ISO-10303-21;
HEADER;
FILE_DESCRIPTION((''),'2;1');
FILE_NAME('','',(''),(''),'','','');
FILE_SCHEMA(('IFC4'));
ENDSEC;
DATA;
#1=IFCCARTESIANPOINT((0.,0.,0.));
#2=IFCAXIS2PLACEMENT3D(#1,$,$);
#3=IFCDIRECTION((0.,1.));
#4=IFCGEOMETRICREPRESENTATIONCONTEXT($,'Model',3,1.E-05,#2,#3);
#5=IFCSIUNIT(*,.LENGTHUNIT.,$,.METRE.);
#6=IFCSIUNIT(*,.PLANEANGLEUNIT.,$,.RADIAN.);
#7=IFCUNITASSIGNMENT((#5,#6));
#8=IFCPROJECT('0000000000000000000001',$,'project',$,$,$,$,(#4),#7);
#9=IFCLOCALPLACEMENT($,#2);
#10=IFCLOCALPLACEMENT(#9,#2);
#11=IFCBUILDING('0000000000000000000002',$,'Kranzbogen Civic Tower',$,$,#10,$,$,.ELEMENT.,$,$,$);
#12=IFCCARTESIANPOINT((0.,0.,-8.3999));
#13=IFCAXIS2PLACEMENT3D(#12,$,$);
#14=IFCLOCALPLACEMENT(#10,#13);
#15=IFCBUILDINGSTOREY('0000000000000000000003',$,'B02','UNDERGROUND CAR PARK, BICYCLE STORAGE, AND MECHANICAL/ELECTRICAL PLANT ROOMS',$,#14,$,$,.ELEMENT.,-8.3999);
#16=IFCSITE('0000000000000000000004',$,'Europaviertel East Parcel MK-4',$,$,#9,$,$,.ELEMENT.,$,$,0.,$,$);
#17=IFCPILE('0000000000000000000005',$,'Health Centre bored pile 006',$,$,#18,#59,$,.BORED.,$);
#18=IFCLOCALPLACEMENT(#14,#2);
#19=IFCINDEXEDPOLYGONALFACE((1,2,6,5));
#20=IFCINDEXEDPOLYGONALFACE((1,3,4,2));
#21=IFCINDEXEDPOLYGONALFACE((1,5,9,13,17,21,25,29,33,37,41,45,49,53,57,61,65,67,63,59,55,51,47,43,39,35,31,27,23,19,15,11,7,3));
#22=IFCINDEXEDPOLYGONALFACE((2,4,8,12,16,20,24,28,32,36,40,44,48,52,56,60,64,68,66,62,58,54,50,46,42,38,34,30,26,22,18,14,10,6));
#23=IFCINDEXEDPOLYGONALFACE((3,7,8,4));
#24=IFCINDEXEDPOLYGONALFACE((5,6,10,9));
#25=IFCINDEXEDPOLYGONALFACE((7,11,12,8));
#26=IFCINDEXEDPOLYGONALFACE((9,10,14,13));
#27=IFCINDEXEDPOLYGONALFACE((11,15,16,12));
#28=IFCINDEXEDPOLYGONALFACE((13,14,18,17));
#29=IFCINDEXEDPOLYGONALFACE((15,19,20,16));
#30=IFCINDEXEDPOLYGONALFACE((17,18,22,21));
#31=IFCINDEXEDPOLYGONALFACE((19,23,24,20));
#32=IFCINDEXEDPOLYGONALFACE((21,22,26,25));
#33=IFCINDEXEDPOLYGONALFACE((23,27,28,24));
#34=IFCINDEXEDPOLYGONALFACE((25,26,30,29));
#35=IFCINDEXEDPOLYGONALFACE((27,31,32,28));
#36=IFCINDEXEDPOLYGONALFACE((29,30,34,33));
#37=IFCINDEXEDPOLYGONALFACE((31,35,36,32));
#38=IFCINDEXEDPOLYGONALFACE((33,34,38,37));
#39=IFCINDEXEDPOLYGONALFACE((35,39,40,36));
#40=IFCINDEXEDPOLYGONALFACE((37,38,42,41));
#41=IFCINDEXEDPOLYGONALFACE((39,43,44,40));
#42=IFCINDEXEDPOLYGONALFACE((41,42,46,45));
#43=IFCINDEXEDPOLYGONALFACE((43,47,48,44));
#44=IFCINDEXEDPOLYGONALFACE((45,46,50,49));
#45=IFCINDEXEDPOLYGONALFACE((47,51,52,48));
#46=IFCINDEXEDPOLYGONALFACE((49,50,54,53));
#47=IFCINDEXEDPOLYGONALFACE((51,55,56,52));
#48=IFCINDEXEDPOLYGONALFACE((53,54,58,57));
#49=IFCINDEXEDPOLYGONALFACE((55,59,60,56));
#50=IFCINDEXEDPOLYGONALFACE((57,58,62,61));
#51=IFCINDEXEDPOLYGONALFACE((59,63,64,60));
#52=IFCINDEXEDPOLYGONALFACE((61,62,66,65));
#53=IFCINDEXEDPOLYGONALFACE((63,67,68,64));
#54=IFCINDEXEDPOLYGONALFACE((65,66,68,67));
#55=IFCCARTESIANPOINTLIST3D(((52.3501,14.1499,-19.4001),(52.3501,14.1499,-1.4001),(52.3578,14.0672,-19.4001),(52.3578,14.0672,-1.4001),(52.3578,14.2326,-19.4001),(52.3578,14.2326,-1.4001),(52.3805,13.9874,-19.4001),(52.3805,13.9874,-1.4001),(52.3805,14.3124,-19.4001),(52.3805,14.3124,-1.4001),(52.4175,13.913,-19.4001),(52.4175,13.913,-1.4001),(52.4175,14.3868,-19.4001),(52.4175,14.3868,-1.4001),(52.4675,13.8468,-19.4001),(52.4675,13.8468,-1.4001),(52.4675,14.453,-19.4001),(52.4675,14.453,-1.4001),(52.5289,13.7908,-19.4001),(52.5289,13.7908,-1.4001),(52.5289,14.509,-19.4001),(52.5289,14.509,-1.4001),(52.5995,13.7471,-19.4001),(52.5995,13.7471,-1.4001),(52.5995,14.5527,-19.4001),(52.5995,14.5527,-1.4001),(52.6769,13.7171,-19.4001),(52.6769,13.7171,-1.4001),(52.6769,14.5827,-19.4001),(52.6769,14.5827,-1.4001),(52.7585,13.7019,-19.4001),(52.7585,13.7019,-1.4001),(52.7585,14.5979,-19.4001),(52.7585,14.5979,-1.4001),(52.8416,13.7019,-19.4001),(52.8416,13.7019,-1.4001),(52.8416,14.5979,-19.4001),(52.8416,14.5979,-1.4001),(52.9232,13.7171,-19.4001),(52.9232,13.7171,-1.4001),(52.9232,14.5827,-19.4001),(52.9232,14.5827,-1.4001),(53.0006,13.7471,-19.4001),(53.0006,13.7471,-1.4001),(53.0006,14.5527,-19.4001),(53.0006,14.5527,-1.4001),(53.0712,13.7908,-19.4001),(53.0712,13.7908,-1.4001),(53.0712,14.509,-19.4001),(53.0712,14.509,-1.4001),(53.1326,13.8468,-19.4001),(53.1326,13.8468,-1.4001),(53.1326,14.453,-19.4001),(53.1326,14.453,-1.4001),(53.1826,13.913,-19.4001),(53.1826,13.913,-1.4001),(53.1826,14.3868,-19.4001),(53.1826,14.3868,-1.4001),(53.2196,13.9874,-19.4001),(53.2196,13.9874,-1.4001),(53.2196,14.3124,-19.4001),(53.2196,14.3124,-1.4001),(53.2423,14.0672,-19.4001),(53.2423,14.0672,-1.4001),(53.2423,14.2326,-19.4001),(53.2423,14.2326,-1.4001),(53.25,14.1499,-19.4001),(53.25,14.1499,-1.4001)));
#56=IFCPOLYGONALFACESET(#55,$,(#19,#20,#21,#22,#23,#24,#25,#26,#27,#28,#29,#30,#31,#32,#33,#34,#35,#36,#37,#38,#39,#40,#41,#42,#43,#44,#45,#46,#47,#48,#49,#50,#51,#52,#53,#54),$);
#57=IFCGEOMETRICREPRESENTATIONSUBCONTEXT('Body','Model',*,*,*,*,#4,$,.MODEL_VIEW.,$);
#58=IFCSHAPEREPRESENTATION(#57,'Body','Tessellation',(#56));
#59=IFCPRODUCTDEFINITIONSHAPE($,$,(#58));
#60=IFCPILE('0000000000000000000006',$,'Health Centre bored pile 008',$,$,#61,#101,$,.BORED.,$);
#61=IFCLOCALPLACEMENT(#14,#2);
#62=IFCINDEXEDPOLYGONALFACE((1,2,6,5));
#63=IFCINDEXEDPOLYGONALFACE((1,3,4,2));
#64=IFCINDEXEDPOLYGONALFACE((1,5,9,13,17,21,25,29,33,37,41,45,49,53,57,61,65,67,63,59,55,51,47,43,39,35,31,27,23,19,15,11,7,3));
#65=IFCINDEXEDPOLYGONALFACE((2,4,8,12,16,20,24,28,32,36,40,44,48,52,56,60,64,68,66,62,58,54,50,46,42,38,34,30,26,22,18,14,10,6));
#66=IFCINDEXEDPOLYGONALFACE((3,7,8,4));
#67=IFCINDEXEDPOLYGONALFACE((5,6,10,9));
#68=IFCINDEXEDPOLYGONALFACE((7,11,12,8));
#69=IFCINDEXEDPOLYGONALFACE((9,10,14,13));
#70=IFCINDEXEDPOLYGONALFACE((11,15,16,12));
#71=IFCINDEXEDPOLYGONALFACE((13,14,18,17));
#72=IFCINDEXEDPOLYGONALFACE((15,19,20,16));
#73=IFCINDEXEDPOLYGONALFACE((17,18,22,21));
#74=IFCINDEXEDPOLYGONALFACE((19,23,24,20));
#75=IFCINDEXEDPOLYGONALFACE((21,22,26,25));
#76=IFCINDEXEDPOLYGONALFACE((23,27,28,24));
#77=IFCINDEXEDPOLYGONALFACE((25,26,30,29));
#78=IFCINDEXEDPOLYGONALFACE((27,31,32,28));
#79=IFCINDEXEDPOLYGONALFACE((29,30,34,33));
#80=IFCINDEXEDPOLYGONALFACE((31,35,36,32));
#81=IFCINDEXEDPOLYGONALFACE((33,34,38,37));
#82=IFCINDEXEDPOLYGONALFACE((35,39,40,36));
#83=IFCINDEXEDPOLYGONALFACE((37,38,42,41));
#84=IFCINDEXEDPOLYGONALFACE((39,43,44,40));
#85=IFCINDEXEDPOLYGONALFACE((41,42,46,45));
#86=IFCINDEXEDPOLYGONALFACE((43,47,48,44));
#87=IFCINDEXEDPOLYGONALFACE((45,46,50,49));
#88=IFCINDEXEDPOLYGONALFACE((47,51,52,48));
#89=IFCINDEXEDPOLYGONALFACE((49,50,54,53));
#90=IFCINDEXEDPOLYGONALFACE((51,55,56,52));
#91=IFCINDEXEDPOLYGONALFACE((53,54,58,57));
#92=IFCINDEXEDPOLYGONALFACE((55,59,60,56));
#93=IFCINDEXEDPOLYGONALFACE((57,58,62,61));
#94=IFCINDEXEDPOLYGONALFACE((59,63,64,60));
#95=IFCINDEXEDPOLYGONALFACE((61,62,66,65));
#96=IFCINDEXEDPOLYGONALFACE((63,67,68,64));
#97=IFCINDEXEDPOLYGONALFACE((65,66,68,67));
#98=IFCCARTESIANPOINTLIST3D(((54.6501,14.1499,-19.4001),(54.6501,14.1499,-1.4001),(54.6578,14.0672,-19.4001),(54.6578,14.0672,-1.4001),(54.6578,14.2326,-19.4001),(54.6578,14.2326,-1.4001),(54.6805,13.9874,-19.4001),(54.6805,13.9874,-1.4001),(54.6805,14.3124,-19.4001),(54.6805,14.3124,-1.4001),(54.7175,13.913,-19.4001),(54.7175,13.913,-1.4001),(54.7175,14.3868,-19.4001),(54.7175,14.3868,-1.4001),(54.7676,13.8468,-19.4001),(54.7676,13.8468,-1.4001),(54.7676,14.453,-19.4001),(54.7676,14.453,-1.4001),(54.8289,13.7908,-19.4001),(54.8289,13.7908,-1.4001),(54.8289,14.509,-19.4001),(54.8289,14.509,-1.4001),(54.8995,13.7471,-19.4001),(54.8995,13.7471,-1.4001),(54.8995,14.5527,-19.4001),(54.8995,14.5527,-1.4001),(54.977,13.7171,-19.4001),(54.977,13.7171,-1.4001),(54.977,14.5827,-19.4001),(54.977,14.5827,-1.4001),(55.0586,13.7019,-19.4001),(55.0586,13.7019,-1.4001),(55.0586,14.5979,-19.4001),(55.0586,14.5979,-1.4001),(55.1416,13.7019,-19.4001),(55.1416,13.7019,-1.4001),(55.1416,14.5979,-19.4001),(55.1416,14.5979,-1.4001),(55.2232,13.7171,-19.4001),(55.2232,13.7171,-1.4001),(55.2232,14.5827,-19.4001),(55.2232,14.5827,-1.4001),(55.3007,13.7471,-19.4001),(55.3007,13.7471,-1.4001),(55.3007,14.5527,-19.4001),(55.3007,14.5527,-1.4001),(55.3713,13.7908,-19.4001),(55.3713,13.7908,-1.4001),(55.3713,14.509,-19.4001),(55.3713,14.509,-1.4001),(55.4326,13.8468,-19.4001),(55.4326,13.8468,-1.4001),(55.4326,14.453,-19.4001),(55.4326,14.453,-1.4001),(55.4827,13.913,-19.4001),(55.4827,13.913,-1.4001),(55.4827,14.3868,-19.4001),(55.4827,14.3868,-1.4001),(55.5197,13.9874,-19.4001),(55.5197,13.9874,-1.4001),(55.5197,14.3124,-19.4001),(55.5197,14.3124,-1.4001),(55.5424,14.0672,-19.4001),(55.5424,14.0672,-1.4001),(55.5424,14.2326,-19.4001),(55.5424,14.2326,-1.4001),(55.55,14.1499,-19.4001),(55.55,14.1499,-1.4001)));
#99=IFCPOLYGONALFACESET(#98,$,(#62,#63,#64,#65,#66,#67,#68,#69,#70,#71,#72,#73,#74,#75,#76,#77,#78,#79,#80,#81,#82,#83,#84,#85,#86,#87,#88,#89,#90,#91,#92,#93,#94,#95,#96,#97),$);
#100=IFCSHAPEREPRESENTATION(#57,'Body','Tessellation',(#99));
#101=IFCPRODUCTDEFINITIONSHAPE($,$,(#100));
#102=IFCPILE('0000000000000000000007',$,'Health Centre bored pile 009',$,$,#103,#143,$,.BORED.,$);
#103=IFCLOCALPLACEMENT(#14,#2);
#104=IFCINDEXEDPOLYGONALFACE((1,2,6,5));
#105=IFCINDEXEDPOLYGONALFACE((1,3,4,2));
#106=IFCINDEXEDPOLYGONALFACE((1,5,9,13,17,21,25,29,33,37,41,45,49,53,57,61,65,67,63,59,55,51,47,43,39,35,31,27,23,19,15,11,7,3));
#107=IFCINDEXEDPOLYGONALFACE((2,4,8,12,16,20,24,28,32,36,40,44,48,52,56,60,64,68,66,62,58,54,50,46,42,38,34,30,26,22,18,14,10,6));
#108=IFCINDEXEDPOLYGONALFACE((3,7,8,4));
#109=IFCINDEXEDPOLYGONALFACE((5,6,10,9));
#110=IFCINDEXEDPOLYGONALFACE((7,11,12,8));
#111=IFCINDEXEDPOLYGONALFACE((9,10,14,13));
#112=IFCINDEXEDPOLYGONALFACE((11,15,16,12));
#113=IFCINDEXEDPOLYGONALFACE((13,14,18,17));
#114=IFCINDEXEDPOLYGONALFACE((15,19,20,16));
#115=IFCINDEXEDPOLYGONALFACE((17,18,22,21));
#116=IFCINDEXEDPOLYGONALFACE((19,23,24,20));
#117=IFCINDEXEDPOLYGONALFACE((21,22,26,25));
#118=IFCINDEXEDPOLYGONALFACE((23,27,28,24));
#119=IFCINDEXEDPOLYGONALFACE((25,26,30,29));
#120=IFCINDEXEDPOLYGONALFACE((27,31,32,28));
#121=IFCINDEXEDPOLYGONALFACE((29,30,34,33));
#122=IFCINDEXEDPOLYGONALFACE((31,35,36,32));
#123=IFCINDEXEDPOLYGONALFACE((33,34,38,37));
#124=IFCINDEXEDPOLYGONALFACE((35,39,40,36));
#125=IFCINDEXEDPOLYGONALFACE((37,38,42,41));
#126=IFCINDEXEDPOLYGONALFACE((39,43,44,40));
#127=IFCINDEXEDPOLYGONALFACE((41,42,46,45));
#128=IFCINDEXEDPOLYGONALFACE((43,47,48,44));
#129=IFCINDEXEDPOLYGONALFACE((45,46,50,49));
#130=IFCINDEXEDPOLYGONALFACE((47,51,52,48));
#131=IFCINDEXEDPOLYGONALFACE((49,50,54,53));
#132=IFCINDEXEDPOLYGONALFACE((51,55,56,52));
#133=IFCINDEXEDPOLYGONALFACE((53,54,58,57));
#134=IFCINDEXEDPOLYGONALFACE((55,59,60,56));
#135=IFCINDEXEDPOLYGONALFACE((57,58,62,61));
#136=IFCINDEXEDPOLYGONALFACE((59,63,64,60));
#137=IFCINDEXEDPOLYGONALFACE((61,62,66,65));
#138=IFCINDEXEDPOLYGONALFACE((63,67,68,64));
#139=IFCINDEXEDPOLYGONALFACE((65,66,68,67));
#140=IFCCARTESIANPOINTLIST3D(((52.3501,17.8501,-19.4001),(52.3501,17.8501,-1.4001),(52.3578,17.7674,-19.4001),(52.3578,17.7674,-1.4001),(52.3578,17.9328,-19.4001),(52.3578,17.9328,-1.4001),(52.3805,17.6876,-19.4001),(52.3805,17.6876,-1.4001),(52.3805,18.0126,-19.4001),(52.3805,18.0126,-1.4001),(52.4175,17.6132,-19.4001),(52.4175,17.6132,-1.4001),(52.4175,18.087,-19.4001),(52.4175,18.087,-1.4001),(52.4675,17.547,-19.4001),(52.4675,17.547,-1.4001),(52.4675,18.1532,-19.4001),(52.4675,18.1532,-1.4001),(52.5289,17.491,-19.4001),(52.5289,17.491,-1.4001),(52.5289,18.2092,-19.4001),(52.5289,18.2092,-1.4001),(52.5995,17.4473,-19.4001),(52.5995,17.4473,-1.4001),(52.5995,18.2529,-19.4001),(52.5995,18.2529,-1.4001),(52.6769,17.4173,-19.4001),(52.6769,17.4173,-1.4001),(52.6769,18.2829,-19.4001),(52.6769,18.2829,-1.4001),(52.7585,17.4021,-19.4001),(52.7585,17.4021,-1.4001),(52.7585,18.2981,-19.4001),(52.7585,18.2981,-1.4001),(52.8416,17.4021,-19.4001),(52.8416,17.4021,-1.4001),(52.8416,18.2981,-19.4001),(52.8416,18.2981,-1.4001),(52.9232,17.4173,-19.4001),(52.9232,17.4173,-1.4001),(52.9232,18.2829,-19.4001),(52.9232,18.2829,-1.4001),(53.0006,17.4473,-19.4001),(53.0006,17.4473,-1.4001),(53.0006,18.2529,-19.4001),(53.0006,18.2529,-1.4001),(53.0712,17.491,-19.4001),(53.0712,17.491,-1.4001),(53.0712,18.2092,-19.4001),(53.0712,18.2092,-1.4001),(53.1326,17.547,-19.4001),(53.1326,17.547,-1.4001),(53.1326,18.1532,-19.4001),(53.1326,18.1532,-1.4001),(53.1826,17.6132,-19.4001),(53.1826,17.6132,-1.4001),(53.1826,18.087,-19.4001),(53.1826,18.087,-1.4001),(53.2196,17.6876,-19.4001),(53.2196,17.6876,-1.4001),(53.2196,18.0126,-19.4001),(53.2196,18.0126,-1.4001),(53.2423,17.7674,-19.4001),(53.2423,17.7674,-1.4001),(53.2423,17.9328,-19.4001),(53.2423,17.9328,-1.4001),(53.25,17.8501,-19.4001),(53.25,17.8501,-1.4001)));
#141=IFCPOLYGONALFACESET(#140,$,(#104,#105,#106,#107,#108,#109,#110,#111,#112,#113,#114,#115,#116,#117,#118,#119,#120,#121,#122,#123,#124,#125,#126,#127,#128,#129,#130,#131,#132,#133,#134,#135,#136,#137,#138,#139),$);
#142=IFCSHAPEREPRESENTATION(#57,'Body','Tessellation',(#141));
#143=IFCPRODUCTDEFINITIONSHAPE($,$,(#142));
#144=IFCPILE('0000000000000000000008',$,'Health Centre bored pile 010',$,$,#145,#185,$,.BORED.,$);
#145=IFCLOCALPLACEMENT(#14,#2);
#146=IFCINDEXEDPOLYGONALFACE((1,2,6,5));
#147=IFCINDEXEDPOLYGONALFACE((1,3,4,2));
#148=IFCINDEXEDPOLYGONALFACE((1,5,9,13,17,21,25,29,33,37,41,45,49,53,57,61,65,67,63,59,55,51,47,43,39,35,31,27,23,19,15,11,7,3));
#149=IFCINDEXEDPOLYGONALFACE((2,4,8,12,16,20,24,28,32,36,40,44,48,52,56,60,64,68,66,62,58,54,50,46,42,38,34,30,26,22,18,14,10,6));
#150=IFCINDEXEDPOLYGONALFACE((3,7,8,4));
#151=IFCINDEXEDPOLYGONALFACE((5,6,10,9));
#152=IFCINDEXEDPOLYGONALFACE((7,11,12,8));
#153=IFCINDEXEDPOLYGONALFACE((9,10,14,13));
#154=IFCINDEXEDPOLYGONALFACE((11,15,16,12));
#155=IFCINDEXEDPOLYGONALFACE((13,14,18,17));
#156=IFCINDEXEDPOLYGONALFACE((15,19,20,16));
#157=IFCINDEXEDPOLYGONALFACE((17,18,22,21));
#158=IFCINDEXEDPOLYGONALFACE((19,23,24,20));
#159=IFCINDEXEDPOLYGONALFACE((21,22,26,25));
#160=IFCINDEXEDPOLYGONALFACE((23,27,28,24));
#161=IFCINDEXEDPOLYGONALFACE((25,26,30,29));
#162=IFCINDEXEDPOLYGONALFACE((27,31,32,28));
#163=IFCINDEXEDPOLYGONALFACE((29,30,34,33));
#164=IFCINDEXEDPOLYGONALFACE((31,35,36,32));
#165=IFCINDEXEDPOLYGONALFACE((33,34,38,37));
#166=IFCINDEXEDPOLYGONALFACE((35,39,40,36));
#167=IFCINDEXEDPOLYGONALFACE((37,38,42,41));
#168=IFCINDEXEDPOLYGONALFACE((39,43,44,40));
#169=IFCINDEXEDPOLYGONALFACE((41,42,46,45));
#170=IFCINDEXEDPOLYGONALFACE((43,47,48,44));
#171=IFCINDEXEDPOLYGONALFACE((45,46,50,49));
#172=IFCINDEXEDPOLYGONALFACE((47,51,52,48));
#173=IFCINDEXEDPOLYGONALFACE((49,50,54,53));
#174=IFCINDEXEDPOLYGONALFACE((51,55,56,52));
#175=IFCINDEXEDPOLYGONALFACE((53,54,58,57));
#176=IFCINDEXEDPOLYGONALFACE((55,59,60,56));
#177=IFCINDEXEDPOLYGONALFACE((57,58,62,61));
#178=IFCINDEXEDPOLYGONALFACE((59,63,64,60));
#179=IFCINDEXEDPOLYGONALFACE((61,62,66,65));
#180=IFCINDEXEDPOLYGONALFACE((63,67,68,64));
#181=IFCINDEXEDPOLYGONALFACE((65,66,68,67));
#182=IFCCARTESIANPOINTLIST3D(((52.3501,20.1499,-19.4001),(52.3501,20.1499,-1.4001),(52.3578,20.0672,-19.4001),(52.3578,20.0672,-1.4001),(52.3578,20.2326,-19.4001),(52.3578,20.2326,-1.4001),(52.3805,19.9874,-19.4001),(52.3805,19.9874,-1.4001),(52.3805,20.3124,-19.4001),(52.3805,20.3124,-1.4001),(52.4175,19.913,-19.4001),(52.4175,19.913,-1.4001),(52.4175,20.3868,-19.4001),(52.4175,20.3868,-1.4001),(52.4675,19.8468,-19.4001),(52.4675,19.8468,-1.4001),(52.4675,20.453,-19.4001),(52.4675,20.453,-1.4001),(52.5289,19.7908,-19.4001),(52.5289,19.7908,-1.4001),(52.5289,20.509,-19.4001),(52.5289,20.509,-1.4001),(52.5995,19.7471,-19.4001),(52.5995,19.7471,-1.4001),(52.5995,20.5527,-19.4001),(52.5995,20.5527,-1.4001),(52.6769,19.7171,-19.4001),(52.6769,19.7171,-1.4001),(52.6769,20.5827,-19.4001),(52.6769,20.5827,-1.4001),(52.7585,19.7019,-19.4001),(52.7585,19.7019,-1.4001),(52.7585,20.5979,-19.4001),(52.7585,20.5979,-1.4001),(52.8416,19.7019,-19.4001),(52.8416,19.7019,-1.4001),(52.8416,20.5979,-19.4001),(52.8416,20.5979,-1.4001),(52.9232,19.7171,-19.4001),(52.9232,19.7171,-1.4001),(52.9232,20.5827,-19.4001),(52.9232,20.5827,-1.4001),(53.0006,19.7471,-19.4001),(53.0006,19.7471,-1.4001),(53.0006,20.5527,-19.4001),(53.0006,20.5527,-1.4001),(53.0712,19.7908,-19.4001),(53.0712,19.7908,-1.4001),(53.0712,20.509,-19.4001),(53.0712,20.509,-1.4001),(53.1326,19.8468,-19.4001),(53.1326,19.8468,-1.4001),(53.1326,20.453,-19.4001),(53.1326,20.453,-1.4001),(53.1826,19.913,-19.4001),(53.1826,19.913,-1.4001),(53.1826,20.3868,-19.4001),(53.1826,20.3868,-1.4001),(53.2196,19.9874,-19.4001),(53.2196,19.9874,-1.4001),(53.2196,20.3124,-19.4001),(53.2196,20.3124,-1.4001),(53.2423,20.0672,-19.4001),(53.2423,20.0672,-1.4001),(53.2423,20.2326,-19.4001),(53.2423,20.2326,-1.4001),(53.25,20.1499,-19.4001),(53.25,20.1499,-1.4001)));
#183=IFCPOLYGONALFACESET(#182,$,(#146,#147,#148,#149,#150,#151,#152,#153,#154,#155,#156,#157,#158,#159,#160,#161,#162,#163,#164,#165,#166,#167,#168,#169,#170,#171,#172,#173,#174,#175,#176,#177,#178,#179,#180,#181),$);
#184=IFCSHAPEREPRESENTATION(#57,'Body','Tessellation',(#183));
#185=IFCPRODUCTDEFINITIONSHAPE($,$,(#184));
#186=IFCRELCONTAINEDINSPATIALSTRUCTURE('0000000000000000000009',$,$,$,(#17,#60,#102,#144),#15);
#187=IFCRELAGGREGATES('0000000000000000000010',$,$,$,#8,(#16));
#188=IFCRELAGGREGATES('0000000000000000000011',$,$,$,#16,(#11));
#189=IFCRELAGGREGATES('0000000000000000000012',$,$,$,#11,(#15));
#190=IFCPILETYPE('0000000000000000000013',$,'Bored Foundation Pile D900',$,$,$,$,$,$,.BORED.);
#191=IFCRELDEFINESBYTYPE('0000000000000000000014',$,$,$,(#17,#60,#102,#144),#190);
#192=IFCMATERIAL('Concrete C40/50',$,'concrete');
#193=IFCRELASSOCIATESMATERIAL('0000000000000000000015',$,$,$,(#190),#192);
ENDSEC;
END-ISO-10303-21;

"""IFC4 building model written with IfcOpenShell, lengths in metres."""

from ifc_helpers import new_model, si_unit, direction, frame, origin, origin_2d, place, context, subcontext, project, spatial, circle, extrude, material, material_profile, profile_set, type_object, element, save


model = new_model("IFC4")

# Units and contexts
model_context = context("Model", 3, precision=1e-05, world=origin(), true_north=direction((0.0, 1.0)))
body_context = subcontext(model_context, "Body", "Model", "MODEL_VIEW")
ifc_project = project(units=[si_unit("LENGTHUNIT", "METRE"), si_unit("PLANEANGLEUNIT", "RADIAN")], contexts=[model_context])

# Site, building, storey
site_placement = place(None, origin())
site = spatial("IfcSite", under=ifc_project, at=site_placement, Name="Europaviertel East Parcel MK-4", CompositionType="ELEMENT", RefElevation=0.0)
building_placement = place(site_placement, origin())
building = spatial("IfcBuilding", under=site, at=building_placement, Name="Kranzbogen Civic Tower", CompositionType="ELEMENT")
storey_placement = place(building_placement, frame((0.0, 0.0, -8.3999)))
storey = spatial("IfcBuildingStorey", under=building, at=storey_placement, Name="B02", Description="UNDERGROUND CAR PARK, BICYCLE STORAGE, AND MECHANICAL/ELECTRICAL PLANT ROOMS", CompositionType="ELEMENT", Elevation=-8.3999)

# Piles
ifc_material_1 = material(Name="Concrete C40/50", Category="concrete")
ifc_material_profile_1 = material_profile(ifc_material_1, circle(Radius=0.45, at=origin_2d()), Name="PILE D900")
ifc_profile_set_1 = profile_set([ifc_material_profile_1], Name="Concrete C40/50")
pile_type_1 = type_object("IfcPileType", Name="Bored Foundation Pile D900", PredefinedType="BORED", material=ifc_profile_set_1)
for number, where, z_axis, x_axis, name in (
    (1, (52.8, 14.1499, -1.4001), (0.0, 0.0, -1.0), (1.0, 0.0, 0.0), "Health Centre bored pile 006"),
    (2, (55.1001, 14.1499, -1.4001), (0.0, 0.0, -1.0), (1.0, 0.0, 0.0), "Health Centre bored pile 008"),
    (3, (52.8, 17.8501, -1.4001), (0.0, 0.0, -1.0), (1.0, 0.0, 0.0), "Health Centre bored pile 009"),
    (4, (52.8, 20.1499, -1.4001), (0.0, 0.0, -1.0), (1.0, 0.0, 0.0), "Health Centre bored pile 010"),
):
    element("IfcPile", number, at=place(storey_placement, frame(where, z_axis=z_axis, x_axis=x_axis)), inside=storey, type_object=pile_type_1, Name=name, PredefinedType="BORED", context=body_context, shape_type="SweptSolid", body=[
        extrude(circle(Radius=0.45, at=origin_2d()), origin(), (0.0, 0.0, 1.0), 18.0),
    ])

save(model, "model.ifc")
